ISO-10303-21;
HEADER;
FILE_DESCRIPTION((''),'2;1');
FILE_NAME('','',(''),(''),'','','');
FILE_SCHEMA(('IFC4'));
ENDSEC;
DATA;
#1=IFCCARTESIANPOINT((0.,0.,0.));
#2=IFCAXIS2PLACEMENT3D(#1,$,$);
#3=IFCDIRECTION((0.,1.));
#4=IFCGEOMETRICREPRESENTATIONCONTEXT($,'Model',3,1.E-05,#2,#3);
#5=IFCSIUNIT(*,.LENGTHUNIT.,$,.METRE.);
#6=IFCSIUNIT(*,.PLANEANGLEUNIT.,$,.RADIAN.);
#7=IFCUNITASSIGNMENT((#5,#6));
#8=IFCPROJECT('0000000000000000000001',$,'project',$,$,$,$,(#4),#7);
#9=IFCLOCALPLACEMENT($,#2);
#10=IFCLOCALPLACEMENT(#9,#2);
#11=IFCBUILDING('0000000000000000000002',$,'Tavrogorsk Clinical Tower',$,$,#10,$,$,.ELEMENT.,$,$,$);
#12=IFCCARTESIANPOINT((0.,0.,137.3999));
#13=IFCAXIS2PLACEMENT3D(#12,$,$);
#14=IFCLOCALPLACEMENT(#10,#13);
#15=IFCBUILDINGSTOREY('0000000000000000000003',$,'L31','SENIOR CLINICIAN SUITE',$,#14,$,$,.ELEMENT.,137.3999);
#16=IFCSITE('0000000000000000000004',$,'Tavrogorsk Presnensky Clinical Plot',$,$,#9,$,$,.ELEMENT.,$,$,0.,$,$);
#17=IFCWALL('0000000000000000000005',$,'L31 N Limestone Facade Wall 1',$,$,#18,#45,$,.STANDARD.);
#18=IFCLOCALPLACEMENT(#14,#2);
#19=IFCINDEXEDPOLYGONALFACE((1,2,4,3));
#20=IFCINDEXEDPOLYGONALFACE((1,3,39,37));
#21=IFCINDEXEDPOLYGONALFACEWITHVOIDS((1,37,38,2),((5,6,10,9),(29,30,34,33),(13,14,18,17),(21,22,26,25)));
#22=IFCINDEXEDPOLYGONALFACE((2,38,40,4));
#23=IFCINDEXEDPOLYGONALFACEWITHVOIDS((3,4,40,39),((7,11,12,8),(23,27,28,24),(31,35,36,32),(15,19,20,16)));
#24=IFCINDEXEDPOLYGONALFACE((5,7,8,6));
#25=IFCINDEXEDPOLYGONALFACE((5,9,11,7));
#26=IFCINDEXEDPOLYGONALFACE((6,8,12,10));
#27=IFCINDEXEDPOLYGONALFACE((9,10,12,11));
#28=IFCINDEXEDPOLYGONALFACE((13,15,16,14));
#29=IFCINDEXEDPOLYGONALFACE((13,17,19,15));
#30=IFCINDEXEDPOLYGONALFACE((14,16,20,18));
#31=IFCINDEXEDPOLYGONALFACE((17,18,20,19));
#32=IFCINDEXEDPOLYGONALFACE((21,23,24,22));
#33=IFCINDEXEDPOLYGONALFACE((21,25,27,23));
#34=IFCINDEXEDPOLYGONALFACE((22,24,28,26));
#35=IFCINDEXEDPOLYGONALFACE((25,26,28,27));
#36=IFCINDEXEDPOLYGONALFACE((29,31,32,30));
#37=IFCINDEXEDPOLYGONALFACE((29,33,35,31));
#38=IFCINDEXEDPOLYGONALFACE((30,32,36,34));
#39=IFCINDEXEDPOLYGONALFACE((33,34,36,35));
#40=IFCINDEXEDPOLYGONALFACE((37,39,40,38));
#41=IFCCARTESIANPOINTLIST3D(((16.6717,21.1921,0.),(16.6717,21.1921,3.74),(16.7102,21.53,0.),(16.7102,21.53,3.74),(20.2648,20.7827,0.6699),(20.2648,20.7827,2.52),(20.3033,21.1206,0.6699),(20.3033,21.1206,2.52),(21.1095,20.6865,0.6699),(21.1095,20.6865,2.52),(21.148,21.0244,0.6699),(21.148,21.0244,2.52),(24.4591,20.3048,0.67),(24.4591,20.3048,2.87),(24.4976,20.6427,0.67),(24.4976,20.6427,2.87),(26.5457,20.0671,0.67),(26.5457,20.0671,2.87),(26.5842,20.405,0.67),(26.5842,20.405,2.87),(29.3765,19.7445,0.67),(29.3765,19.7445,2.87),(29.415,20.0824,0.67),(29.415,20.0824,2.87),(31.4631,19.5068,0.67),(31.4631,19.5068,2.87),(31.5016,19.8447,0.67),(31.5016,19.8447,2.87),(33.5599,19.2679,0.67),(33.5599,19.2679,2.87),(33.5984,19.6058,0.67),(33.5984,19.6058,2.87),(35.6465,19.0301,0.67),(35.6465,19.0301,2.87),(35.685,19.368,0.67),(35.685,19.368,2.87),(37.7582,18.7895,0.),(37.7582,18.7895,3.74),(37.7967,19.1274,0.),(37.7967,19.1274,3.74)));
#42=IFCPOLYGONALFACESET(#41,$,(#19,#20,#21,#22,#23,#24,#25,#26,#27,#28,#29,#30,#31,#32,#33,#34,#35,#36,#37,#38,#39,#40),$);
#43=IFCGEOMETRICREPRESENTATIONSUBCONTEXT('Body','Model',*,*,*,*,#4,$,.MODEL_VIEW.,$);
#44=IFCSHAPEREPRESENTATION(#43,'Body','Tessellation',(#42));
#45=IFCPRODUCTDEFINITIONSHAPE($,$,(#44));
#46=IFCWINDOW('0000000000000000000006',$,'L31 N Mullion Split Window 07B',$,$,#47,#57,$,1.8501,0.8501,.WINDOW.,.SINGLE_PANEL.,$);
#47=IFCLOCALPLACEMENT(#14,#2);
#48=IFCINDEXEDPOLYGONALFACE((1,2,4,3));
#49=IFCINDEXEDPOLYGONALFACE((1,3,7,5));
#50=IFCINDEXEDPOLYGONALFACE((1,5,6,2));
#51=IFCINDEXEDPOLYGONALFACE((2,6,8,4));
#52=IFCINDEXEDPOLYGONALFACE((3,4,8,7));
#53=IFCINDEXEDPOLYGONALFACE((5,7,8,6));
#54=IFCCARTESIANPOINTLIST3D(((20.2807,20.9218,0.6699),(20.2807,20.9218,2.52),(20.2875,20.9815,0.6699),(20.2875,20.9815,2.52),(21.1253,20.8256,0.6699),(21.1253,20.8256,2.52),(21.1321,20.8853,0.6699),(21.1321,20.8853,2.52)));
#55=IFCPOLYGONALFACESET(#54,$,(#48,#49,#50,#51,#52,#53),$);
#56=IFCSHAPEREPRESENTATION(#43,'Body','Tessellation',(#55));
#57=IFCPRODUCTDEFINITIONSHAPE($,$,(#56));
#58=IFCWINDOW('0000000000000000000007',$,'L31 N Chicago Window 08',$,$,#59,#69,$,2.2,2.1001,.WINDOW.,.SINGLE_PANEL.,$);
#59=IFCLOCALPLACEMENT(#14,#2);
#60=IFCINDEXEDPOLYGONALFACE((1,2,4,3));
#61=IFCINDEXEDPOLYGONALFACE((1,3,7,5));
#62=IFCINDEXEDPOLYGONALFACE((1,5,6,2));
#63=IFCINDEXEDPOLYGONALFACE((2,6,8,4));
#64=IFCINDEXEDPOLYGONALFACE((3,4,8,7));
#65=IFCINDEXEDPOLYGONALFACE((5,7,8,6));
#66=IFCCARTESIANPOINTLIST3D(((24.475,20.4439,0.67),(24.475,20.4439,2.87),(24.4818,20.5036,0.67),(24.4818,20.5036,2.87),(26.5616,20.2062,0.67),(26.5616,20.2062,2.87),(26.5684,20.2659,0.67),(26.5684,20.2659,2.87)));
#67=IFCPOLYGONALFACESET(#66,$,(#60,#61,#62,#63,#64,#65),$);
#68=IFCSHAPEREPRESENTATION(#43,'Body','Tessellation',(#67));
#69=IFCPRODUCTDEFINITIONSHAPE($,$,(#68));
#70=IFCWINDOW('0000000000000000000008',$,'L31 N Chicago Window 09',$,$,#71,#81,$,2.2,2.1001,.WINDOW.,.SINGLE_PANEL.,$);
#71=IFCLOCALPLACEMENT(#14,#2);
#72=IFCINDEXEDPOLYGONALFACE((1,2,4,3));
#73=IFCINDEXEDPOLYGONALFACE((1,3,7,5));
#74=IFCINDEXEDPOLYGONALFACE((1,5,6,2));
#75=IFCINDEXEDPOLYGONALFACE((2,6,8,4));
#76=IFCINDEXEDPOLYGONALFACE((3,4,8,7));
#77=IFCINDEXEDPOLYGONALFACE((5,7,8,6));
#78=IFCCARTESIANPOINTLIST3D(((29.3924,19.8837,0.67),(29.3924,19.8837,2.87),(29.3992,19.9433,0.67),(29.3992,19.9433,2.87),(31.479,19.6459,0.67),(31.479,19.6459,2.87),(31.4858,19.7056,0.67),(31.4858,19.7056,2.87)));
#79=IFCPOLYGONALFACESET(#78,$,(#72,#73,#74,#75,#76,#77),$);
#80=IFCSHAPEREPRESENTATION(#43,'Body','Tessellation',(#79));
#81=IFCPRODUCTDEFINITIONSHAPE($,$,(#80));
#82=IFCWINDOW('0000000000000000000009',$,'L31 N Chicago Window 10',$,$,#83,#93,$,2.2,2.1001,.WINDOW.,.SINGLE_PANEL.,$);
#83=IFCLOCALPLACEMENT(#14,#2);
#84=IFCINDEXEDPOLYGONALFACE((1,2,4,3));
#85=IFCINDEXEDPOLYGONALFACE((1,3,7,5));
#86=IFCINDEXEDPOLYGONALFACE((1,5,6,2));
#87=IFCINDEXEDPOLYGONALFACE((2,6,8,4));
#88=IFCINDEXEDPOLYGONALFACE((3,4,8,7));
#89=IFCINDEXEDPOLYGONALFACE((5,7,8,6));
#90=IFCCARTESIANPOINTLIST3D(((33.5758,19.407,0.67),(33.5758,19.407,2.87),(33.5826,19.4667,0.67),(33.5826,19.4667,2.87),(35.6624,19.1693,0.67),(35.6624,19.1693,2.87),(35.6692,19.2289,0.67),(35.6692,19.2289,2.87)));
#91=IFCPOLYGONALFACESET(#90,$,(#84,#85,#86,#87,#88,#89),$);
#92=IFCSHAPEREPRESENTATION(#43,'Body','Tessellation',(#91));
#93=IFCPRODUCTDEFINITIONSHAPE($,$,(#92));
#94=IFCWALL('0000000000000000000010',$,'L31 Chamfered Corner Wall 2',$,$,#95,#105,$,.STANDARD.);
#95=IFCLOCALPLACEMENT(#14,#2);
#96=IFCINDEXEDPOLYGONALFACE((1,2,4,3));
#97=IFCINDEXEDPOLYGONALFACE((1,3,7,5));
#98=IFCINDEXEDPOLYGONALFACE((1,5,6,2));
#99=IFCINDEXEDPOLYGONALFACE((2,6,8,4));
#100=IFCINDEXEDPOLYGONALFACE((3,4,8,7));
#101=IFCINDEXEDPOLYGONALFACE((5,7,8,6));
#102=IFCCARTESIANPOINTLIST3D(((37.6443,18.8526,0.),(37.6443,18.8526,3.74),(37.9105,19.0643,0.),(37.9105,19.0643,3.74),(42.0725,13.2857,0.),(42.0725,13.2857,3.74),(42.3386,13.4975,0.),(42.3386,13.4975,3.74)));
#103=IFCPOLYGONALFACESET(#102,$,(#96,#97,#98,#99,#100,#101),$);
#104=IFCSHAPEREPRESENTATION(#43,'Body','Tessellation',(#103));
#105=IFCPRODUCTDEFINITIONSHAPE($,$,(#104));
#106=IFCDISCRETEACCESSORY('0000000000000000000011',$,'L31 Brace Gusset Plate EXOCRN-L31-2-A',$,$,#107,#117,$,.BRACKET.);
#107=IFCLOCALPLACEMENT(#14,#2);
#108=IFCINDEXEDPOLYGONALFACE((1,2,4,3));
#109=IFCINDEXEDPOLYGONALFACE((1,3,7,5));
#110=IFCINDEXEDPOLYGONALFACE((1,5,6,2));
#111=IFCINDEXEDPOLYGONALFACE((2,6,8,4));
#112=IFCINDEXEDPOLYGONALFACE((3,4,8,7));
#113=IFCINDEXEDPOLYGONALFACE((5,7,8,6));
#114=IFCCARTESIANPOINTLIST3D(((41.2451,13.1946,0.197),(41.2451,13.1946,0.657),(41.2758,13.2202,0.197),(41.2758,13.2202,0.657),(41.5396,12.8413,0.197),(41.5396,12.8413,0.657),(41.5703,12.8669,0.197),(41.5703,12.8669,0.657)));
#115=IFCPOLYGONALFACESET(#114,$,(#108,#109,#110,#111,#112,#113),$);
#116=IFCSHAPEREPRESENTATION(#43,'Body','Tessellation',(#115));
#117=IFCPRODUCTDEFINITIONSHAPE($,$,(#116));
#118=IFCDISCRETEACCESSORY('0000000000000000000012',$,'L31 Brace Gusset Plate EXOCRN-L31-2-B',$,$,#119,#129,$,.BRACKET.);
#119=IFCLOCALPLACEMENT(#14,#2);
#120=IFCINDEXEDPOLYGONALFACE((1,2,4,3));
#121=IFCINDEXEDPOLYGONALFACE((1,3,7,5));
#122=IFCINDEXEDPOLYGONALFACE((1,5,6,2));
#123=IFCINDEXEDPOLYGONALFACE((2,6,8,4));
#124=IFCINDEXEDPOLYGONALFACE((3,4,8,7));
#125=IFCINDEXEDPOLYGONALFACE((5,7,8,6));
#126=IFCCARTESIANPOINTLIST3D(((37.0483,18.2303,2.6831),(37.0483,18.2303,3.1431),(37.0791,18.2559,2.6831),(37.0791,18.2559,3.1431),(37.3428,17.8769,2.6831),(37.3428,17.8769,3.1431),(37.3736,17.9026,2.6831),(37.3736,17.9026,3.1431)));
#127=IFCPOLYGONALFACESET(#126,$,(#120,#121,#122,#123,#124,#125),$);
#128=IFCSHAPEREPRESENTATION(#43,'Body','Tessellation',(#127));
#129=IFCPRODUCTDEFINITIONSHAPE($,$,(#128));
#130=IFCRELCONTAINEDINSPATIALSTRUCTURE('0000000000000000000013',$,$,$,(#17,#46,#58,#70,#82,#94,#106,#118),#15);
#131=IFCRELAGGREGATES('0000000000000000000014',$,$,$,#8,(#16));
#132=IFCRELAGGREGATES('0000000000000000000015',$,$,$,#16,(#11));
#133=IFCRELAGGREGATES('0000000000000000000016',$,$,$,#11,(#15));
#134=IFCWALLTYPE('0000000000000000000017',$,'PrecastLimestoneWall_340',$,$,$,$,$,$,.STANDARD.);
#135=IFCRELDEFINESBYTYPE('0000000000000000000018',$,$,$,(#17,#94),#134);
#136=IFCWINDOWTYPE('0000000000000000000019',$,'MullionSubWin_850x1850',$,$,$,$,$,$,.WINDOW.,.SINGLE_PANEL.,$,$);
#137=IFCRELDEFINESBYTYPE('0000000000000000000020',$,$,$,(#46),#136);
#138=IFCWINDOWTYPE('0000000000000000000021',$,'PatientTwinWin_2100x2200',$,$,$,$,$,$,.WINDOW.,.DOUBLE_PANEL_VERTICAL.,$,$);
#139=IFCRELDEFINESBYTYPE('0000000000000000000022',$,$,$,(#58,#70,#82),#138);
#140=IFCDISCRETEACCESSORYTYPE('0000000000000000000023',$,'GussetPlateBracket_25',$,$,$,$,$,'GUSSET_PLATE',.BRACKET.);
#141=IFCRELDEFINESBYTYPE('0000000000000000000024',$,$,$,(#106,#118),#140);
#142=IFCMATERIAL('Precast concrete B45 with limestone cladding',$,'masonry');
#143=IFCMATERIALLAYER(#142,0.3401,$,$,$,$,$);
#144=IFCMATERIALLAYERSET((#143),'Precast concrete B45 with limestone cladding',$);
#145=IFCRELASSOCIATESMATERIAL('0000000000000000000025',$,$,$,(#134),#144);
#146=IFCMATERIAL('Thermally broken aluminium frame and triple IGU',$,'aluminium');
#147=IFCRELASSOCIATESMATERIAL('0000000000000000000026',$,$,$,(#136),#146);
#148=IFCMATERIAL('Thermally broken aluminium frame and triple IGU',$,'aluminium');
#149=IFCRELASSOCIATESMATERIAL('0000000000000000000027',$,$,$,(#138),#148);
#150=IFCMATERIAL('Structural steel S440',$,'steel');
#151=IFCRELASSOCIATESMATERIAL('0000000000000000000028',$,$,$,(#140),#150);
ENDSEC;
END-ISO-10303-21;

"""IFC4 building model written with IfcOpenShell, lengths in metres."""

from ifc_helpers import new_model, si_unit, direction, frame, frame_2d, origin, origin_2d, place, context, subcontext, project, spatial, rectangle, extrude, material, layer, layer_set, type_object, element, fill, save


model = new_model("IFC4")

# Units and contexts
model_context = context("Model", 3, precision=1e-05, world=origin(), true_north=direction((0.0, 1.0)))
body_context = subcontext(model_context, "Body", "Model", "MODEL_VIEW")
ifc_project = project(units=[si_unit("LENGTHUNIT", "METRE"), si_unit("PLANEANGLEUNIT", "RADIAN")], contexts=[model_context])

# Site, building, storey
site_placement = place(None, origin())
site = spatial("IfcSite", under=ifc_project, at=site_placement, Name="Tavrogorsk Presnensky Clinical Plot", CompositionType="ELEMENT", RefElevation=0.0)
building_placement = place(site_placement, origin())
building = spatial("IfcBuilding", under=site, at=building_placement, Name="Tavrogorsk Clinical Tower", CompositionType="ELEMENT")
storey_placement = place(building_placement, frame((0.0, 0.0, 137.3999)))
storey = spatial("IfcBuildingStorey", under=building, at=storey_placement, Name="L31", Description="SENIOR CLINICIAN SUITE", CompositionType="ELEMENT", Elevation=137.3999)

# Wall, openings, windows
ifc_material_1 = material(Name="Precast concrete B45 with limestone cladding", Category="masonry")
ifc_layer_1 = layer(ifc_material_1, 0.3401)
ifc_layer_set_1 = layer_set([ifc_layer_1], Name="Precast concrete B45 with limestone cladding")
wall_type_1 = type_object("IfcWallType", Name="PrecastLimestoneWall_340", PredefinedType="STANDARD", material=ifc_layer_set_1)
wall_1_placement = place(storey_placement, frame((37.7773, 18.9585, 0.0), z_axis=(0.0, 0.0, 1.0), x_axis=(-0.993571, 0.113208, 0.0)))
wall_1 = element("IfcWall", 1, at=wall_1_placement, inside=storey, type_object=wall_type_1, Name="L31 N Limestone Facade Wall 1", PredefinedType="STANDARD", context=body_context, shape_type="SweptSolid", body=[
    extrude(rectangle(XDim=21.2229, YDim=0.3401, at=frame_2d((10.6113, 0.0))), origin(), (0.0, 0.0, 1.0), 3.74),
])
opening_1_placement = place(wall_1_placement, frame((16.7563, 0.0, 0.6699)))
opening_1 = element("IfcOpeningElement", 2, at=opening_1_placement, cuts=wall_1, PredefinedType="OPENING", context=body_context, shape_type="SweptSolid", body=[
    extrude(rectangle(XDim=0.8501, YDim=1.8501, at=frame_2d((0.425, 0.925))), frame((0.0, 0.1799, 0.0), z_axis=(0.0, -1.0, 0.0), x_axis=(1.0, 0.0, 0.0)), (0.0, 0.0, 1.0), 0.3601),
])
opening_2_placement = place(wall_1_placement, frame((11.2849, 0.0, 0.6699)))
opening_2 = element("IfcOpeningElement", 3, at=opening_2_placement, cuts=wall_1, PredefinedType="OPENING", context=body_context, shape_type="SweptSolid", body=[
    extrude(rectangle(XDim=2.1001, YDim=2.2, at=frame_2d((1.05, 1.1001))), frame((0.0, 0.1799, 0.0), z_axis=(0.0, -1.0, 0.0), x_axis=(1.0, 0.0, 0.0)), (0.0, 0.0, 1.0), 0.3601),
])
opening_3_placement = place(wall_1_placement, frame((6.3357, 0.0, 0.6699)))
opening_3 = element("IfcOpeningElement", 4, at=opening_3_placement, cuts=wall_1, PredefinedType="OPENING", context=body_context, shape_type="SweptSolid", body=[
    extrude(rectangle(XDim=2.1001, YDim=2.2, at=frame_2d((1.05, 1.1001))), frame((0.0, 0.1799, 0.0), z_axis=(0.0, -1.0, 0.0), x_axis=(1.0, 0.0, 0.0)), (0.0, 0.0, 1.0), 0.3601),
])
opening_4_placement = place(wall_1_placement, frame((2.1252, 0.0, 0.6699)))
opening_4 = element("IfcOpeningElement", 5, at=opening_4_placement, cuts=wall_1, PredefinedType="OPENING", context=body_context, shape_type="SweptSolid", body=[
    extrude(rectangle(XDim=2.1001, YDim=2.2, at=frame_2d((1.05, 1.1001))), frame((0.0, 0.1799, 0.0), z_axis=(0.0, -1.0, 0.0), x_axis=(1.0, 0.0, 0.0)), (0.0, 0.0, 1.0), 0.3601),
])
ifc_material_2 = material(Name="Thermally broken aluminium frame and triple IGU", Category="aluminium")
window_type_1 = type_object("IfcWindowType", Name="MullionSubWin_850x1850", PartitioningType="SINGLE_PANEL", PredefinedType="WINDOW", material=ifc_material_2)
window_1_placement = place(opening_1_placement, origin())
window_1 = element("IfcWindow", 6, at=window_1_placement, inside=storey, type_object=window_type_1, Name="L31 N Mullion Split Window 07B", OverallHeight=1.8501, OverallWidth=0.8501, PartitioningType="SINGLE_PANEL", PredefinedType="WINDOW", context=body_context, shape_type="SweptSolid", body=[
    extrude(rectangle(XDim=0.8501, YDim=1.8501, at=frame_2d((0.425, 0.925))), frame((0.0, 0.03, 0.0), z_axis=(0.0, -1.0, 0.0), x_axis=(1.0, 0.0, 0.0)), (0.0, 0.0, 1.0), 0.0601),
])
fill(opening_1, window_1)
ifc_material_3 = material(Name="Thermally broken aluminium frame and triple IGU", Category="aluminium")
window_type_2 = type_object("IfcWindowType", Name="PatientTwinWin_2100x2200", PartitioningType="DOUBLE_PANEL_VERTICAL", PredefinedType="WINDOW", material=ifc_material_3)
window_2_placement = place(opening_2_placement, origin())
window_2 = element("IfcWindow", 7, at=window_2_placement, inside=storey, type_object=window_type_2, Name="L31 N Chicago Window 08", OverallHeight=2.2, OverallWidth=2.1001, PartitioningType="SINGLE_PANEL", PredefinedType="WINDOW", context=body_context, shape_type="SweptSolid", body=[
    extrude(rectangle(XDim=2.1001, YDim=2.2, at=frame_2d((1.05, 1.1001))), frame((0.0, 0.03, 0.0), z_axis=(0.0, -1.0, 0.0), x_axis=(1.0, 0.0, 0.0)), (0.0, 0.0, 1.0), 0.0601),
])
fill(opening_2, window_2)
window_3_placement = place(opening_3_placement, origin())
window_3 = element("IfcWindow", 8, at=window_3_placement, inside=storey, type_object=window_type_2, Name="L31 N Chicago Window 09", OverallHeight=2.2, OverallWidth=2.1001, PartitioningType="SINGLE_PANEL", PredefinedType="WINDOW", context=body_context, shape_type="SweptSolid", body=[
    extrude(rectangle(XDim=2.1001, YDim=2.2, at=frame_2d((1.05, 1.1001))), frame((0.0, 0.03, 0.0), z_axis=(0.0, -1.0, 0.0), x_axis=(1.0, 0.0, 0.0)), (0.0, 0.0, 1.0), 0.0601),
])
fill(opening_3, window_3)
window_4_placement = place(opening_4_placement, origin())
window_4 = element("IfcWindow", 9, at=window_4_placement, inside=storey, type_object=window_type_2, Name="L31 N Chicago Window 10", OverallHeight=2.2, OverallWidth=2.1001, PartitioningType="SINGLE_PANEL", PredefinedType="WINDOW", context=body_context, shape_type="SweptSolid", body=[
    extrude(rectangle(XDim=2.1001, YDim=2.2, at=frame_2d((1.05, 1.1001))), frame((0.0, 0.03, 0.0), z_axis=(0.0, -1.0, 0.0), x_axis=(1.0, 0.0, 0.0)), (0.0, 0.0, 1.0), 0.0601),
])
fill(opening_4, window_4)

# Wall
wall_2_placement = place(storey_placement, frame((42.2056, 13.3916, 0.0), z_axis=(0.0, 0.0, 1.0), x_axis=(-0.622525, 0.7826, 0.0)))
element("IfcWall", 10, at=wall_2_placement, inside=storey, type_object=wall_type_1, Name="L31 Chamfered Corner Wall 2", PredefinedType="STANDARD", context=body_context, shape_type="SweptSolid", body=[
    extrude(rectangle(XDim=7.1133, YDim=0.3401, at=frame_2d((3.5566, 0.0))), origin(), (0.0, 0.0, 1.0), 3.74),
])

# Discrete accessories
ifc_material_4 = material(Name="Structural steel S440", Category="steel")
discrete_accessory_type = type_object("IfcDiscreteAccessoryType", Name="GussetPlateBracket_25", ElementType="GUSSET_PLATE", PredefinedType="BRACKET", material=ifc_material_4)
for number, where, z_axis, x_axis, name in (
    (11, (41.4077, 13.0308, 0.197), (0.0, 0.0, 1.0), (-0.640244, 0.768172, 0.0), "L31 Brace Gusset Plate EXOCRN-L31-2-A"),
    (12, (37.2109, 18.0664, 2.6831), (0.0, 0.0, 1.0), (-0.640244, 0.768172, 0.0), "L31 Brace Gusset Plate EXOCRN-L31-2-B"),
):
    element("IfcDiscreteAccessory", number, at=place(storey_placement, frame(where, z_axis=z_axis, x_axis=x_axis)), inside=storey, type_object=discrete_accessory_type, Name=name, PredefinedType="BRACKET", context=body_context, shape_type="SweptSolid", body=[
        extrude(rectangle(XDim=0.46, YDim=0.04, at=origin_2d()), origin(), (0.0, 0.0, 1.0), 0.46),
    ])

save(model, "model.ifc")
